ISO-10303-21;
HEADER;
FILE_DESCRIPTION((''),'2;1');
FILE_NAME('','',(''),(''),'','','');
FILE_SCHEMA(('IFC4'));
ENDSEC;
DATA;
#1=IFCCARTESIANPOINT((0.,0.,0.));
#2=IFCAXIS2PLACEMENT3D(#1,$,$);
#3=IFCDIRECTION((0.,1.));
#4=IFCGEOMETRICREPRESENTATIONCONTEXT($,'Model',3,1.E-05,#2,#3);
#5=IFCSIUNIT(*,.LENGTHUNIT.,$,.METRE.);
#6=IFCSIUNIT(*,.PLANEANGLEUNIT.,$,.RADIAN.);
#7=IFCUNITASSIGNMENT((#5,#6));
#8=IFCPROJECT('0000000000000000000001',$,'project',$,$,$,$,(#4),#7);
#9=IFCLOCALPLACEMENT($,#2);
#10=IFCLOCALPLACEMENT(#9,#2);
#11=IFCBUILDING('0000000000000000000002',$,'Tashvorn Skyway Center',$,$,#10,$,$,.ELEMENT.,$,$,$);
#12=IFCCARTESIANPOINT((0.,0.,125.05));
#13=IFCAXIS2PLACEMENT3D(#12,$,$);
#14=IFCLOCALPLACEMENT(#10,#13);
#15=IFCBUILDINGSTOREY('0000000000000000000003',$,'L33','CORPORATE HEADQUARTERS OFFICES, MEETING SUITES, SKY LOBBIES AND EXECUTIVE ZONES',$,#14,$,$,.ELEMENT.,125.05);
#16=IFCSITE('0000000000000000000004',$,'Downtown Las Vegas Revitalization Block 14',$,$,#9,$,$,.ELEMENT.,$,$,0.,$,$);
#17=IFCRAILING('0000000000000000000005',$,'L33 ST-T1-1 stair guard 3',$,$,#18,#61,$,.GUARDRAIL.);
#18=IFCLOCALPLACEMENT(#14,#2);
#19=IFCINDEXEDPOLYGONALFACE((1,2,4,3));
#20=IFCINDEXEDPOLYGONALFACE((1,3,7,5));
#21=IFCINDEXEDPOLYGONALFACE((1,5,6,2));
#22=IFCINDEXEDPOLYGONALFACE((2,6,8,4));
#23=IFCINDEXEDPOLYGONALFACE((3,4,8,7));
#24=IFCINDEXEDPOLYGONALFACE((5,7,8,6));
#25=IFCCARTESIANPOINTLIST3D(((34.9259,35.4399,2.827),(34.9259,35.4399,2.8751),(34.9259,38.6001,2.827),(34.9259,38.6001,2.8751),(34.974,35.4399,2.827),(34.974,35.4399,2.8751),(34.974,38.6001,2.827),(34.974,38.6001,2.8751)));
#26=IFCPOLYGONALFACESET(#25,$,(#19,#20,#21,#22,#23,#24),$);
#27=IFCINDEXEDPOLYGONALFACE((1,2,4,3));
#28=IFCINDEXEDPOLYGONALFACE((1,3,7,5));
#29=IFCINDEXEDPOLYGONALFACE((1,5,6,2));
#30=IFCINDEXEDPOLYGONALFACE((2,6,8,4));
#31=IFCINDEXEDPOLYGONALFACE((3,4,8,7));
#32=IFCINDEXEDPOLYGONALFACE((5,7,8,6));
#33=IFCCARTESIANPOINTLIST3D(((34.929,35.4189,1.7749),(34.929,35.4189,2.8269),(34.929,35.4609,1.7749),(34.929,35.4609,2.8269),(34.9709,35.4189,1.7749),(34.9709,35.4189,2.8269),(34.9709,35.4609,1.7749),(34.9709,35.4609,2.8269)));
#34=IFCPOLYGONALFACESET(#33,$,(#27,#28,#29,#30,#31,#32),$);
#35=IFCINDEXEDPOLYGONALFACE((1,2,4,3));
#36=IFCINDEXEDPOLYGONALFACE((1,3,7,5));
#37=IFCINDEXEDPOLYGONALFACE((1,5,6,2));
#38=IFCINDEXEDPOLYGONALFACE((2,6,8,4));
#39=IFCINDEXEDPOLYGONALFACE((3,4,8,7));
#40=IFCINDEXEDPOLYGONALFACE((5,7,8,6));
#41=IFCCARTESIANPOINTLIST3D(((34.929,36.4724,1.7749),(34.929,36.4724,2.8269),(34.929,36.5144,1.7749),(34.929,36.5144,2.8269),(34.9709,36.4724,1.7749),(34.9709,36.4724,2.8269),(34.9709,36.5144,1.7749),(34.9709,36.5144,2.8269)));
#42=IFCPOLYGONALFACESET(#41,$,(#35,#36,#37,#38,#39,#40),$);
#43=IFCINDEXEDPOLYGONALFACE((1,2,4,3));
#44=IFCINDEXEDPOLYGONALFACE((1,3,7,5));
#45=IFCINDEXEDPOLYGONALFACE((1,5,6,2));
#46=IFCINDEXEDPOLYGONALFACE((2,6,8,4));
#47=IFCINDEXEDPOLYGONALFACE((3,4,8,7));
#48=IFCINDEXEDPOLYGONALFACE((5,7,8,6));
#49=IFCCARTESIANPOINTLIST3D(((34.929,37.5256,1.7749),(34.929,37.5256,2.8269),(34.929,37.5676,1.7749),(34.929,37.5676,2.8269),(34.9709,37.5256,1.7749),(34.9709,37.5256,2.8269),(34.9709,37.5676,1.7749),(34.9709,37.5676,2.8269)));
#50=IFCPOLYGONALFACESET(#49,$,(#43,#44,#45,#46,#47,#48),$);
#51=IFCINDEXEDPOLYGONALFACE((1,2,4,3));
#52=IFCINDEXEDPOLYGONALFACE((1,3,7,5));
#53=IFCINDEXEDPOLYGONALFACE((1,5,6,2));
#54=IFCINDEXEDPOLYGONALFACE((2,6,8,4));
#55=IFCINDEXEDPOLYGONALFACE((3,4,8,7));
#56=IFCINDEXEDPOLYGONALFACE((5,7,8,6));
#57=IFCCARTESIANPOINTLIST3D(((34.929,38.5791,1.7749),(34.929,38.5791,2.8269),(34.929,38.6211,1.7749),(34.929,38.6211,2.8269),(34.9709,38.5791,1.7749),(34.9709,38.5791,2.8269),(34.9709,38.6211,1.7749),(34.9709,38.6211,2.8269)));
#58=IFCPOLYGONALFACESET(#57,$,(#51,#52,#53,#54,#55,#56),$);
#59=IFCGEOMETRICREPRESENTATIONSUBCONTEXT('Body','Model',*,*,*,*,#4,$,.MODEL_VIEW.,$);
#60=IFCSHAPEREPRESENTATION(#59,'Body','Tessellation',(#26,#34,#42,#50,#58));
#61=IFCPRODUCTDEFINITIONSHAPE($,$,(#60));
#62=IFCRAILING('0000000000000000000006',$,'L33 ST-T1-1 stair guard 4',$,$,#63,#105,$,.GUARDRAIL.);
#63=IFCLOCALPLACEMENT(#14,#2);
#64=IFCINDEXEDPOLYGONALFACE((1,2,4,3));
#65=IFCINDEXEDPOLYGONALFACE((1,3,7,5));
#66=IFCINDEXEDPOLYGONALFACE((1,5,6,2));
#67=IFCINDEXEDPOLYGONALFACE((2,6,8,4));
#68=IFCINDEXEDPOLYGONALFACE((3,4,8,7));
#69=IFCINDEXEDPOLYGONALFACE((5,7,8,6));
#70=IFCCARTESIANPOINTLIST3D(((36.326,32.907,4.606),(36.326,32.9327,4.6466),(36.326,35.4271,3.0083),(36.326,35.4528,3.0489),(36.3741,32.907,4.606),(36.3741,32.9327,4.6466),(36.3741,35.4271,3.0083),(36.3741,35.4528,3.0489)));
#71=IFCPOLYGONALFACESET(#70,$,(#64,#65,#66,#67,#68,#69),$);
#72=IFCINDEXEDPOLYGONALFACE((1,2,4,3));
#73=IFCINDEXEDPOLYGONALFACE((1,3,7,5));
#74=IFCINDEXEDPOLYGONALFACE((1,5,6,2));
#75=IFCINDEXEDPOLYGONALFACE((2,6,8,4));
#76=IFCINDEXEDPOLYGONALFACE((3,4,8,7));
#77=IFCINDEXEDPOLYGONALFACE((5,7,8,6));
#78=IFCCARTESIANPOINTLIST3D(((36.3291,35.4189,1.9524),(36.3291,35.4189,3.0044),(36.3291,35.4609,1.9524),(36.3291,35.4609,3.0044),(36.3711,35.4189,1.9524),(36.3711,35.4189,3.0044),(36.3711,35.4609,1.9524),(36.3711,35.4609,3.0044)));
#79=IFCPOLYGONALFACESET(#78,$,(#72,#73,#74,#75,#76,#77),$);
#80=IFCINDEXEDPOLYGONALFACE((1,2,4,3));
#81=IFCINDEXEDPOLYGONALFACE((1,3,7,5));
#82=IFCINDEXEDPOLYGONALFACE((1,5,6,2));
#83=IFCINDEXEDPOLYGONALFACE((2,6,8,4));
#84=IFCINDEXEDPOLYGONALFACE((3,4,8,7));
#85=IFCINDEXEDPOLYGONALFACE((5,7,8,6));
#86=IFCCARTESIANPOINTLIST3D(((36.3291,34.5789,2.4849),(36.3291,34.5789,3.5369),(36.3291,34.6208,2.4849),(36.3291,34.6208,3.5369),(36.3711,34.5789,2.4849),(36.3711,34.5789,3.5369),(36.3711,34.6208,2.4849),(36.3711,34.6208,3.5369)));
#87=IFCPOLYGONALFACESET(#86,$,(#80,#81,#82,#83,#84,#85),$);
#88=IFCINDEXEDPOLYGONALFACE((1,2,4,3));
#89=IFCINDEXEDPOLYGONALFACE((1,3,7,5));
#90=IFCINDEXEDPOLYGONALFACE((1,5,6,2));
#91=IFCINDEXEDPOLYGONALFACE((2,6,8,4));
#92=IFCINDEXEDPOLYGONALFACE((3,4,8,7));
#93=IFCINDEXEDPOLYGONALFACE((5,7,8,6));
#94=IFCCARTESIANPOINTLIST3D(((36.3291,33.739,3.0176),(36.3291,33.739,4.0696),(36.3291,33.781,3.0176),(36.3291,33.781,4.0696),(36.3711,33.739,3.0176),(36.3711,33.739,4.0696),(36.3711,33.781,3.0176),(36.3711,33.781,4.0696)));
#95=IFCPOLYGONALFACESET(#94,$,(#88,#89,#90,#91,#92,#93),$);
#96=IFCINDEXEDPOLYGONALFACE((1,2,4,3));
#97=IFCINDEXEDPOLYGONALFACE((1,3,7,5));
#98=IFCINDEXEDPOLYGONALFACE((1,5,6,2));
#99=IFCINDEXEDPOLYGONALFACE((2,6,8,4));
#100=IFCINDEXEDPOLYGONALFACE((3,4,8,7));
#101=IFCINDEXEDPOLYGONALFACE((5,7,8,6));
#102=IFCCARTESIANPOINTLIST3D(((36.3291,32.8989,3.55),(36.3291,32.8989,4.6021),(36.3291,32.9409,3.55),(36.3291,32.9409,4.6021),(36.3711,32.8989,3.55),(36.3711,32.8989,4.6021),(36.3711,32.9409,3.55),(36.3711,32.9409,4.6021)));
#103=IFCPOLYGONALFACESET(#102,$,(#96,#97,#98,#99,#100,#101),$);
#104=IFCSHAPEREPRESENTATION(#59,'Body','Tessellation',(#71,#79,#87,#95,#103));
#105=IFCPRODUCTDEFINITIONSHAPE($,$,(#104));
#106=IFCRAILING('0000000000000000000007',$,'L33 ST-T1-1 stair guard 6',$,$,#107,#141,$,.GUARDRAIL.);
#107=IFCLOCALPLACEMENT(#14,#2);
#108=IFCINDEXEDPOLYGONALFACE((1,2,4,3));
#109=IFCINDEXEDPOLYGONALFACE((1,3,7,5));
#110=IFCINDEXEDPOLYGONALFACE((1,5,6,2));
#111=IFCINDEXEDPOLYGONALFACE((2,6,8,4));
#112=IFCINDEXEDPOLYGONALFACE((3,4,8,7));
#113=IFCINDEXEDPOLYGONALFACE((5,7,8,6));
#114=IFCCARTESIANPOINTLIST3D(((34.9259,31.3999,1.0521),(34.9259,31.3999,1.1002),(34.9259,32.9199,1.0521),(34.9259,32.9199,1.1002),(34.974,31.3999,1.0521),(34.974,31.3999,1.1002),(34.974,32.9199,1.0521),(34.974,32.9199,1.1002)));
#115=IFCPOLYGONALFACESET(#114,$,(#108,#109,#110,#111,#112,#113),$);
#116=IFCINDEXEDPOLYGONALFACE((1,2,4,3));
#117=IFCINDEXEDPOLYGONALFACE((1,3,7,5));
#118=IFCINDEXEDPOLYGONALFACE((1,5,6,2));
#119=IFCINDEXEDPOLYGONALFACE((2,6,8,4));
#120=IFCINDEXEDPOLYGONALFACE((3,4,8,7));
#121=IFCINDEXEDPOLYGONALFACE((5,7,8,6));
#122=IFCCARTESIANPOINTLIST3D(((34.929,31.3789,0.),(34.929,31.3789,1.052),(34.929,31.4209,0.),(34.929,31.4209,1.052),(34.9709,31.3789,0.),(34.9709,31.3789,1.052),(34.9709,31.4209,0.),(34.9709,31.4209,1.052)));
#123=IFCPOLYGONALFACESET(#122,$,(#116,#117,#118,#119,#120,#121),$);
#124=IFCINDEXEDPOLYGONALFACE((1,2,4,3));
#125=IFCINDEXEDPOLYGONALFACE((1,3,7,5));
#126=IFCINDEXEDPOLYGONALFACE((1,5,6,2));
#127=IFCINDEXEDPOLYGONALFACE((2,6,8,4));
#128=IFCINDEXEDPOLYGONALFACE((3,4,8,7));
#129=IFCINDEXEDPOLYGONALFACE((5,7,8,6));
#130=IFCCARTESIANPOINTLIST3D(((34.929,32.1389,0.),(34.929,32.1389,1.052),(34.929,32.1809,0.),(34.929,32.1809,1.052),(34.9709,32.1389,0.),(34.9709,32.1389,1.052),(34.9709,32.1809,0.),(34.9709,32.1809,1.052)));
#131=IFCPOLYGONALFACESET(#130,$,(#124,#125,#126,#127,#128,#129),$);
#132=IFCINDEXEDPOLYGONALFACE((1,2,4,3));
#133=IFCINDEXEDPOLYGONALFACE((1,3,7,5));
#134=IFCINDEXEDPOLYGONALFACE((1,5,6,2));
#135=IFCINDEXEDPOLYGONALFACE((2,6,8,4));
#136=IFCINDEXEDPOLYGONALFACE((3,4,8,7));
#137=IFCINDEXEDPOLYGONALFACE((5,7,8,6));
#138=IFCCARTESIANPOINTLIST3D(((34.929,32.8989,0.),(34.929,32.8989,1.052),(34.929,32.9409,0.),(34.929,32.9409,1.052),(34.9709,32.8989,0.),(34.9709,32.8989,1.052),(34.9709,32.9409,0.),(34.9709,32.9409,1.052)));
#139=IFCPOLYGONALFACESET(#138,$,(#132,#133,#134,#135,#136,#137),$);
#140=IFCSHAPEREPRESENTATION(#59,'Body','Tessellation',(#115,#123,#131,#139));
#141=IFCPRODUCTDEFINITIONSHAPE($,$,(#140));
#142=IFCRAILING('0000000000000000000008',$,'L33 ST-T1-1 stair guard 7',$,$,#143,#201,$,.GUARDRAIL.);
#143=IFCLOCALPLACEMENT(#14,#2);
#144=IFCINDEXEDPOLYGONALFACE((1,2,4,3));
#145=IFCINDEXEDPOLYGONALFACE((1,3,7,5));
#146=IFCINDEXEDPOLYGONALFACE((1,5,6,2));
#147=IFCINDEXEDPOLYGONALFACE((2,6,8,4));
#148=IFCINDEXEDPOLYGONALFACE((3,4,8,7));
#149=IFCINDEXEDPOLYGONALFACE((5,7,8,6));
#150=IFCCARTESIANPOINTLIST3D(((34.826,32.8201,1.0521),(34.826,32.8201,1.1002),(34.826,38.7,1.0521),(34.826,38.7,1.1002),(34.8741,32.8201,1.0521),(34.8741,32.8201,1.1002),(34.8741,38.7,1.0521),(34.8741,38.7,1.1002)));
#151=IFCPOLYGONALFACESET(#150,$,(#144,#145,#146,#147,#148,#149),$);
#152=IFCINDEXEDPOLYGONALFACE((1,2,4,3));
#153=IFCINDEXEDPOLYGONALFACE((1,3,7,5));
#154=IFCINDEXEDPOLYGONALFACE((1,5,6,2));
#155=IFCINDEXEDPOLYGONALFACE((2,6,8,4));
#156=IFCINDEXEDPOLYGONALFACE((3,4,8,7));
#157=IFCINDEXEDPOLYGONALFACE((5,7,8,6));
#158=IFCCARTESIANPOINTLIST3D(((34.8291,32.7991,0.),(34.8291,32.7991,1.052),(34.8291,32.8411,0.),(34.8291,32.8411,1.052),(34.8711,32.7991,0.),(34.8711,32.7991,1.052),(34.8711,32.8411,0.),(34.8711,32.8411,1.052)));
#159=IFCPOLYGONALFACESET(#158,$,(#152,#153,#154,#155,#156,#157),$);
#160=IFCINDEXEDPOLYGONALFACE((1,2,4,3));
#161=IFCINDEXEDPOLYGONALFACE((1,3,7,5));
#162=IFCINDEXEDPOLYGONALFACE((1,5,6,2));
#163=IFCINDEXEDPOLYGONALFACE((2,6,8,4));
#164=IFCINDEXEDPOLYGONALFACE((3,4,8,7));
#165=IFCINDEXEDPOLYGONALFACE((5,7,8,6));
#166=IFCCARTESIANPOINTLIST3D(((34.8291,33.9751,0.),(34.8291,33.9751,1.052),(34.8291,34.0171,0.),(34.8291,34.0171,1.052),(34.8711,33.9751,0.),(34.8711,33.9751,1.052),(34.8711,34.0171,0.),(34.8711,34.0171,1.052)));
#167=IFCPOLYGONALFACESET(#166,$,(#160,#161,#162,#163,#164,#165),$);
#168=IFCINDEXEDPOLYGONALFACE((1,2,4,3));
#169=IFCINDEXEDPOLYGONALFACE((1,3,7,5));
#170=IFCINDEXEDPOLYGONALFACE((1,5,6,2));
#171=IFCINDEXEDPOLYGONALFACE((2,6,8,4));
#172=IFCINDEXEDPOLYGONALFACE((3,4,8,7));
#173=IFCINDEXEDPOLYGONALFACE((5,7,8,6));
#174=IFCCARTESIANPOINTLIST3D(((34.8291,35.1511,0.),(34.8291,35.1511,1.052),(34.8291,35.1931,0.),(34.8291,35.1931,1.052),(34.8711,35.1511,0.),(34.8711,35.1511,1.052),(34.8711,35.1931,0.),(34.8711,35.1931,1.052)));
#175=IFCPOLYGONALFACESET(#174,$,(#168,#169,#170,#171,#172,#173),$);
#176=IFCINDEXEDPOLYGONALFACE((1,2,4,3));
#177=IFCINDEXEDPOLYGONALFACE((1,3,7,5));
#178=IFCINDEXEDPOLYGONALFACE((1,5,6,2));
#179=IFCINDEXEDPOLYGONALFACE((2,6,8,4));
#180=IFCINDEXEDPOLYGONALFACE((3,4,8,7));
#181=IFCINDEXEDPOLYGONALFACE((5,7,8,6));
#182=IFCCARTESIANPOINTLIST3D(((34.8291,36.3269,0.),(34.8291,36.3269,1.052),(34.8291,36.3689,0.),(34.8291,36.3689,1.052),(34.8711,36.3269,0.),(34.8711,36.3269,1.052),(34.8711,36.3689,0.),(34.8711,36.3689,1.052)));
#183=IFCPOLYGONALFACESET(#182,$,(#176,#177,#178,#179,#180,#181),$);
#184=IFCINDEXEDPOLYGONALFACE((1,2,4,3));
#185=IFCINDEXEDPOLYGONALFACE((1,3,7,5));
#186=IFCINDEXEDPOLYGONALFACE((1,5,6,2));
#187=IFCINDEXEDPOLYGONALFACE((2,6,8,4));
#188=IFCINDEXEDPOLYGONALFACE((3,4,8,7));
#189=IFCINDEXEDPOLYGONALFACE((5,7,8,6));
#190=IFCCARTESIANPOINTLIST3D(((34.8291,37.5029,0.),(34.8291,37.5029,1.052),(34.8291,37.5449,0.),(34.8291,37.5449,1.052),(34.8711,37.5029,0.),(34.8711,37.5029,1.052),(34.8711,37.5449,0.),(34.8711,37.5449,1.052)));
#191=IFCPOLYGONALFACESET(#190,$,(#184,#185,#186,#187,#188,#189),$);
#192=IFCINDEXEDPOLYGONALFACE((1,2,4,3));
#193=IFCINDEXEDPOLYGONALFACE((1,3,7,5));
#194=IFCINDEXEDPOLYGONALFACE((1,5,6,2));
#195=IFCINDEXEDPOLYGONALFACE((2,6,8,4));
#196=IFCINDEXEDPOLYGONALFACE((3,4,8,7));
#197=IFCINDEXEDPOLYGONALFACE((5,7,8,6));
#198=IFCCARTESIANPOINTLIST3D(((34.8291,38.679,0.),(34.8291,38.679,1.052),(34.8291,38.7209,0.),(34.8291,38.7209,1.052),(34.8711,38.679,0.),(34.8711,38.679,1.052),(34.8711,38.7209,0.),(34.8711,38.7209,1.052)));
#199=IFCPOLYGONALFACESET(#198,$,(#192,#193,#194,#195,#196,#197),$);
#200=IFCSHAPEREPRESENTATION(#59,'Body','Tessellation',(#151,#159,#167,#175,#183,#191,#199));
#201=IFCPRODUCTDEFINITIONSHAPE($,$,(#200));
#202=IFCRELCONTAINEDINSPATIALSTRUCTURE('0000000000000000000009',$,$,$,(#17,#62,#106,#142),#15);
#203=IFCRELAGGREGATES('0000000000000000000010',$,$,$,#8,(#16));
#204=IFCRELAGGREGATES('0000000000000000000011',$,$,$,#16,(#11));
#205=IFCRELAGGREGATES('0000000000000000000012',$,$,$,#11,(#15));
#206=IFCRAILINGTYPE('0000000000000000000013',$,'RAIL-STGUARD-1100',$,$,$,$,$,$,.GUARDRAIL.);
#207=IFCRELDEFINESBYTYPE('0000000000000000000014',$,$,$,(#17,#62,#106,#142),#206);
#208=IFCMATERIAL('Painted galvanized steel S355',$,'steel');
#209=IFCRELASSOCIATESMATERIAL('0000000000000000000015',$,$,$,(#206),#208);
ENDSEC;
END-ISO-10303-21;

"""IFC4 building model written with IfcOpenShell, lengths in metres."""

from ifc_helpers import new_model, si_unit, direction, frame, origin, origin_2d, place, context, subcontext, project, spatial, rectangle, extrude, material, type_object, element, save


model = new_model("IFC4")

# Units and contexts
model_context = context("Model", 3, precision=1e-05, world=origin(), true_north=direction((0.0, 1.0)))
body_context = subcontext(model_context, "Body", "Model", "MODEL_VIEW")
ifc_project = project(units=[si_unit("LENGTHUNIT", "METRE"), si_unit("PLANEANGLEUNIT", "RADIAN")], contexts=[model_context])

# Site, building, storey
site_placement = place(None, origin())
site = spatial("IfcSite", under=ifc_project, at=site_placement, Name="Downtown Las Vegas Revitalization Block 14", CompositionType="ELEMENT", RefElevation=0.0)
building_placement = place(site_placement, origin())
building = spatial("IfcBuilding", under=site, at=building_placement, Name="Tashvorn Skyway Center", CompositionType="ELEMENT")
storey_placement = place(building_placement, frame((0.0, 0.0, 125.05)))
storey = spatial("IfcBuildingStorey", under=building, at=storey_placement, Name="L33", Description="CORPORATE HEADQUARTERS OFFICES, MEETING SUITES, SKY LOBBIES AND EXECUTIVE ZONES", CompositionType="ELEMENT", Elevation=125.05)

# Railings
ifc_material_1 = material(Name="Painted galvanized steel S355", Category="steel")
railing_type_1 = type_object("IfcRailingType", Name="RAIL-STGUARD-1100", PredefinedType="GUARDRAIL", material=ifc_material_1)
railing_1_placement = place(storey_placement, frame((34.95, 35.4399, 1.7749)))
element("IfcRailing", 1, at=railing_1_placement, inside=storey, type_object=railing_type_1, Name="L33 ST-T1-1 stair guard 3", PredefinedType="GUARDRAIL", context=body_context, shape_type="SweptSolid", body=[
    extrude(rectangle(XDim=0.0481, YDim=0.0481, at=origin_2d()), frame((0.0, 0.0, 1.0762), z_axis=(0.0, 1.0, 0.0), x_axis=(-1.0, 0.0, 0.0)), (0.0, 0.0, 1.0), 3.1602),
    extrude(rectangle(XDim=0.042, YDim=0.042, at=origin_2d()), origin(), (0.0, 0.0, 1.0), 1.052),
    extrude(rectangle(XDim=0.042, YDim=0.042, at=origin_2d()), frame((0.0, 1.0535, 0.0)), (0.0, 0.0, 1.0), 1.052),
    extrude(rectangle(XDim=0.042, YDim=0.042, at=origin_2d()), frame((0.0, 2.1067, 0.0)), (0.0, 0.0, 1.0), 1.052),
    extrude(rectangle(XDim=0.042, YDim=0.042, at=origin_2d()), frame((0.0, 3.1602, 0.0)), (0.0, 0.0, 1.0), 1.052),
])
railing_2_placement = place(storey_placement, frame((36.3501, 35.4399, 1.9524)))
element("IfcRailing", 2, at=railing_2_placement, inside=storey, type_object=railing_type_1, Name="L33 ST-T1-1 stair guard 4", PredefinedType="GUARDRAIL", context=body_context, shape_type="SweptSolid", body=[
    extrude(rectangle(XDim=0.0481, YDim=0.0481, at=origin_2d()), frame((0.0, 0.0, 1.0762), z_axis=(0.0, -0.84457, 0.535445), x_axis=(1.0, 0.0, 0.0)), (0.0, 0.0, 1.0), 2.9839),
    extrude(rectangle(XDim=0.042, YDim=0.042, at=origin_2d()), origin(), (0.0, 0.0, 1.0), 1.052),
    extrude(rectangle(XDim=0.042, YDim=0.042, at=origin_2d()), frame((0.0, -0.8401, 0.5325)), (0.0, 0.0, 1.0), 1.052),
    extrude(rectangle(XDim=0.042, YDim=0.042, at=origin_2d()), frame((0.0, -1.6799, 1.0652)), (0.0, 0.0, 1.0), 1.052),
    extrude(rectangle(XDim=0.042, YDim=0.042, at=origin_2d()), frame((0.0, -2.52, 1.5977)), (0.0, 0.0, 1.0), 1.052),
])
railing_3_placement = place(storey_placement, frame((34.95, 31.3999, 0.0)))
element("IfcRailing", 3, at=railing_3_placement, inside=storey, type_object=railing_type_1, Name="L33 ST-T1-1 stair guard 6", PredefinedType="GUARDRAIL", context=body_context, shape_type="SweptSolid", body=[
    extrude(rectangle(XDim=0.0481, YDim=0.0481, at=origin_2d()), frame((0.0, 0.0, 1.0762), z_axis=(0.0, 1.0, 0.0), x_axis=(-1.0, 0.0, 0.0)), (0.0, 0.0, 1.0), 1.52),
    extrude(rectangle(XDim=0.042, YDim=0.042, at=origin_2d()), origin(), (0.0, 0.0, 1.0), 1.052),
    extrude(rectangle(XDim=0.042, YDim=0.042, at=origin_2d()), frame((0.0, 0.76, 0.0)), (0.0, 0.0, 1.0), 1.052),
    extrude(rectangle(XDim=0.042, YDim=0.042, at=origin_2d()), frame((0.0, 1.52, 0.0)), (0.0, 0.0, 1.0), 1.052),
])
railing_4_placement = place(storey_placement, frame((34.8501, 32.8201, 0.0)))
element("IfcRailing", 4, at=railing_4_placement, inside=storey, type_object=railing_type_1, Name="L33 ST-T1-1 stair guard 7", PredefinedType="GUARDRAIL", context=body_context, shape_type="SweptSolid", body=[
    extrude(rectangle(XDim=0.0481, YDim=0.0481, at=origin_2d()), frame((0.0, 0.0, 1.0762), z_axis=(0.0, 1.0, 0.0), x_axis=(-1.0, 0.0, 0.0)), (0.0, 0.0, 1.0), 5.8799),
    extrude(rectangle(XDim=0.042, YDim=0.042, at=origin_2d()), origin(), (0.0, 0.0, 1.0), 1.052),
    extrude(rectangle(XDim=0.042, YDim=0.042, at=origin_2d()), frame((0.0, 1.176, 0.0)), (0.0, 0.0, 1.0), 1.052),
    extrude(rectangle(XDim=0.042, YDim=0.042, at=origin_2d()), frame((0.0, 2.3521, 0.0)), (0.0, 0.0, 1.0), 1.052),
    extrude(rectangle(XDim=0.042, YDim=0.042, at=origin_2d()), frame((0.0, 3.5278, 0.0)), (0.0, 0.0, 1.0), 1.052),
    extrude(rectangle(XDim=0.042, YDim=0.042, at=origin_2d()), frame((0.0, 4.7039, 0.0)), (0.0, 0.0, 1.0), 1.052),
    extrude(rectangle(XDim=0.042, YDim=0.042, at=origin_2d()), frame((0.0, 5.8799, 0.0)), (0.0, 0.0, 1.0), 1.052),
])

save(model, "model.ifc")
